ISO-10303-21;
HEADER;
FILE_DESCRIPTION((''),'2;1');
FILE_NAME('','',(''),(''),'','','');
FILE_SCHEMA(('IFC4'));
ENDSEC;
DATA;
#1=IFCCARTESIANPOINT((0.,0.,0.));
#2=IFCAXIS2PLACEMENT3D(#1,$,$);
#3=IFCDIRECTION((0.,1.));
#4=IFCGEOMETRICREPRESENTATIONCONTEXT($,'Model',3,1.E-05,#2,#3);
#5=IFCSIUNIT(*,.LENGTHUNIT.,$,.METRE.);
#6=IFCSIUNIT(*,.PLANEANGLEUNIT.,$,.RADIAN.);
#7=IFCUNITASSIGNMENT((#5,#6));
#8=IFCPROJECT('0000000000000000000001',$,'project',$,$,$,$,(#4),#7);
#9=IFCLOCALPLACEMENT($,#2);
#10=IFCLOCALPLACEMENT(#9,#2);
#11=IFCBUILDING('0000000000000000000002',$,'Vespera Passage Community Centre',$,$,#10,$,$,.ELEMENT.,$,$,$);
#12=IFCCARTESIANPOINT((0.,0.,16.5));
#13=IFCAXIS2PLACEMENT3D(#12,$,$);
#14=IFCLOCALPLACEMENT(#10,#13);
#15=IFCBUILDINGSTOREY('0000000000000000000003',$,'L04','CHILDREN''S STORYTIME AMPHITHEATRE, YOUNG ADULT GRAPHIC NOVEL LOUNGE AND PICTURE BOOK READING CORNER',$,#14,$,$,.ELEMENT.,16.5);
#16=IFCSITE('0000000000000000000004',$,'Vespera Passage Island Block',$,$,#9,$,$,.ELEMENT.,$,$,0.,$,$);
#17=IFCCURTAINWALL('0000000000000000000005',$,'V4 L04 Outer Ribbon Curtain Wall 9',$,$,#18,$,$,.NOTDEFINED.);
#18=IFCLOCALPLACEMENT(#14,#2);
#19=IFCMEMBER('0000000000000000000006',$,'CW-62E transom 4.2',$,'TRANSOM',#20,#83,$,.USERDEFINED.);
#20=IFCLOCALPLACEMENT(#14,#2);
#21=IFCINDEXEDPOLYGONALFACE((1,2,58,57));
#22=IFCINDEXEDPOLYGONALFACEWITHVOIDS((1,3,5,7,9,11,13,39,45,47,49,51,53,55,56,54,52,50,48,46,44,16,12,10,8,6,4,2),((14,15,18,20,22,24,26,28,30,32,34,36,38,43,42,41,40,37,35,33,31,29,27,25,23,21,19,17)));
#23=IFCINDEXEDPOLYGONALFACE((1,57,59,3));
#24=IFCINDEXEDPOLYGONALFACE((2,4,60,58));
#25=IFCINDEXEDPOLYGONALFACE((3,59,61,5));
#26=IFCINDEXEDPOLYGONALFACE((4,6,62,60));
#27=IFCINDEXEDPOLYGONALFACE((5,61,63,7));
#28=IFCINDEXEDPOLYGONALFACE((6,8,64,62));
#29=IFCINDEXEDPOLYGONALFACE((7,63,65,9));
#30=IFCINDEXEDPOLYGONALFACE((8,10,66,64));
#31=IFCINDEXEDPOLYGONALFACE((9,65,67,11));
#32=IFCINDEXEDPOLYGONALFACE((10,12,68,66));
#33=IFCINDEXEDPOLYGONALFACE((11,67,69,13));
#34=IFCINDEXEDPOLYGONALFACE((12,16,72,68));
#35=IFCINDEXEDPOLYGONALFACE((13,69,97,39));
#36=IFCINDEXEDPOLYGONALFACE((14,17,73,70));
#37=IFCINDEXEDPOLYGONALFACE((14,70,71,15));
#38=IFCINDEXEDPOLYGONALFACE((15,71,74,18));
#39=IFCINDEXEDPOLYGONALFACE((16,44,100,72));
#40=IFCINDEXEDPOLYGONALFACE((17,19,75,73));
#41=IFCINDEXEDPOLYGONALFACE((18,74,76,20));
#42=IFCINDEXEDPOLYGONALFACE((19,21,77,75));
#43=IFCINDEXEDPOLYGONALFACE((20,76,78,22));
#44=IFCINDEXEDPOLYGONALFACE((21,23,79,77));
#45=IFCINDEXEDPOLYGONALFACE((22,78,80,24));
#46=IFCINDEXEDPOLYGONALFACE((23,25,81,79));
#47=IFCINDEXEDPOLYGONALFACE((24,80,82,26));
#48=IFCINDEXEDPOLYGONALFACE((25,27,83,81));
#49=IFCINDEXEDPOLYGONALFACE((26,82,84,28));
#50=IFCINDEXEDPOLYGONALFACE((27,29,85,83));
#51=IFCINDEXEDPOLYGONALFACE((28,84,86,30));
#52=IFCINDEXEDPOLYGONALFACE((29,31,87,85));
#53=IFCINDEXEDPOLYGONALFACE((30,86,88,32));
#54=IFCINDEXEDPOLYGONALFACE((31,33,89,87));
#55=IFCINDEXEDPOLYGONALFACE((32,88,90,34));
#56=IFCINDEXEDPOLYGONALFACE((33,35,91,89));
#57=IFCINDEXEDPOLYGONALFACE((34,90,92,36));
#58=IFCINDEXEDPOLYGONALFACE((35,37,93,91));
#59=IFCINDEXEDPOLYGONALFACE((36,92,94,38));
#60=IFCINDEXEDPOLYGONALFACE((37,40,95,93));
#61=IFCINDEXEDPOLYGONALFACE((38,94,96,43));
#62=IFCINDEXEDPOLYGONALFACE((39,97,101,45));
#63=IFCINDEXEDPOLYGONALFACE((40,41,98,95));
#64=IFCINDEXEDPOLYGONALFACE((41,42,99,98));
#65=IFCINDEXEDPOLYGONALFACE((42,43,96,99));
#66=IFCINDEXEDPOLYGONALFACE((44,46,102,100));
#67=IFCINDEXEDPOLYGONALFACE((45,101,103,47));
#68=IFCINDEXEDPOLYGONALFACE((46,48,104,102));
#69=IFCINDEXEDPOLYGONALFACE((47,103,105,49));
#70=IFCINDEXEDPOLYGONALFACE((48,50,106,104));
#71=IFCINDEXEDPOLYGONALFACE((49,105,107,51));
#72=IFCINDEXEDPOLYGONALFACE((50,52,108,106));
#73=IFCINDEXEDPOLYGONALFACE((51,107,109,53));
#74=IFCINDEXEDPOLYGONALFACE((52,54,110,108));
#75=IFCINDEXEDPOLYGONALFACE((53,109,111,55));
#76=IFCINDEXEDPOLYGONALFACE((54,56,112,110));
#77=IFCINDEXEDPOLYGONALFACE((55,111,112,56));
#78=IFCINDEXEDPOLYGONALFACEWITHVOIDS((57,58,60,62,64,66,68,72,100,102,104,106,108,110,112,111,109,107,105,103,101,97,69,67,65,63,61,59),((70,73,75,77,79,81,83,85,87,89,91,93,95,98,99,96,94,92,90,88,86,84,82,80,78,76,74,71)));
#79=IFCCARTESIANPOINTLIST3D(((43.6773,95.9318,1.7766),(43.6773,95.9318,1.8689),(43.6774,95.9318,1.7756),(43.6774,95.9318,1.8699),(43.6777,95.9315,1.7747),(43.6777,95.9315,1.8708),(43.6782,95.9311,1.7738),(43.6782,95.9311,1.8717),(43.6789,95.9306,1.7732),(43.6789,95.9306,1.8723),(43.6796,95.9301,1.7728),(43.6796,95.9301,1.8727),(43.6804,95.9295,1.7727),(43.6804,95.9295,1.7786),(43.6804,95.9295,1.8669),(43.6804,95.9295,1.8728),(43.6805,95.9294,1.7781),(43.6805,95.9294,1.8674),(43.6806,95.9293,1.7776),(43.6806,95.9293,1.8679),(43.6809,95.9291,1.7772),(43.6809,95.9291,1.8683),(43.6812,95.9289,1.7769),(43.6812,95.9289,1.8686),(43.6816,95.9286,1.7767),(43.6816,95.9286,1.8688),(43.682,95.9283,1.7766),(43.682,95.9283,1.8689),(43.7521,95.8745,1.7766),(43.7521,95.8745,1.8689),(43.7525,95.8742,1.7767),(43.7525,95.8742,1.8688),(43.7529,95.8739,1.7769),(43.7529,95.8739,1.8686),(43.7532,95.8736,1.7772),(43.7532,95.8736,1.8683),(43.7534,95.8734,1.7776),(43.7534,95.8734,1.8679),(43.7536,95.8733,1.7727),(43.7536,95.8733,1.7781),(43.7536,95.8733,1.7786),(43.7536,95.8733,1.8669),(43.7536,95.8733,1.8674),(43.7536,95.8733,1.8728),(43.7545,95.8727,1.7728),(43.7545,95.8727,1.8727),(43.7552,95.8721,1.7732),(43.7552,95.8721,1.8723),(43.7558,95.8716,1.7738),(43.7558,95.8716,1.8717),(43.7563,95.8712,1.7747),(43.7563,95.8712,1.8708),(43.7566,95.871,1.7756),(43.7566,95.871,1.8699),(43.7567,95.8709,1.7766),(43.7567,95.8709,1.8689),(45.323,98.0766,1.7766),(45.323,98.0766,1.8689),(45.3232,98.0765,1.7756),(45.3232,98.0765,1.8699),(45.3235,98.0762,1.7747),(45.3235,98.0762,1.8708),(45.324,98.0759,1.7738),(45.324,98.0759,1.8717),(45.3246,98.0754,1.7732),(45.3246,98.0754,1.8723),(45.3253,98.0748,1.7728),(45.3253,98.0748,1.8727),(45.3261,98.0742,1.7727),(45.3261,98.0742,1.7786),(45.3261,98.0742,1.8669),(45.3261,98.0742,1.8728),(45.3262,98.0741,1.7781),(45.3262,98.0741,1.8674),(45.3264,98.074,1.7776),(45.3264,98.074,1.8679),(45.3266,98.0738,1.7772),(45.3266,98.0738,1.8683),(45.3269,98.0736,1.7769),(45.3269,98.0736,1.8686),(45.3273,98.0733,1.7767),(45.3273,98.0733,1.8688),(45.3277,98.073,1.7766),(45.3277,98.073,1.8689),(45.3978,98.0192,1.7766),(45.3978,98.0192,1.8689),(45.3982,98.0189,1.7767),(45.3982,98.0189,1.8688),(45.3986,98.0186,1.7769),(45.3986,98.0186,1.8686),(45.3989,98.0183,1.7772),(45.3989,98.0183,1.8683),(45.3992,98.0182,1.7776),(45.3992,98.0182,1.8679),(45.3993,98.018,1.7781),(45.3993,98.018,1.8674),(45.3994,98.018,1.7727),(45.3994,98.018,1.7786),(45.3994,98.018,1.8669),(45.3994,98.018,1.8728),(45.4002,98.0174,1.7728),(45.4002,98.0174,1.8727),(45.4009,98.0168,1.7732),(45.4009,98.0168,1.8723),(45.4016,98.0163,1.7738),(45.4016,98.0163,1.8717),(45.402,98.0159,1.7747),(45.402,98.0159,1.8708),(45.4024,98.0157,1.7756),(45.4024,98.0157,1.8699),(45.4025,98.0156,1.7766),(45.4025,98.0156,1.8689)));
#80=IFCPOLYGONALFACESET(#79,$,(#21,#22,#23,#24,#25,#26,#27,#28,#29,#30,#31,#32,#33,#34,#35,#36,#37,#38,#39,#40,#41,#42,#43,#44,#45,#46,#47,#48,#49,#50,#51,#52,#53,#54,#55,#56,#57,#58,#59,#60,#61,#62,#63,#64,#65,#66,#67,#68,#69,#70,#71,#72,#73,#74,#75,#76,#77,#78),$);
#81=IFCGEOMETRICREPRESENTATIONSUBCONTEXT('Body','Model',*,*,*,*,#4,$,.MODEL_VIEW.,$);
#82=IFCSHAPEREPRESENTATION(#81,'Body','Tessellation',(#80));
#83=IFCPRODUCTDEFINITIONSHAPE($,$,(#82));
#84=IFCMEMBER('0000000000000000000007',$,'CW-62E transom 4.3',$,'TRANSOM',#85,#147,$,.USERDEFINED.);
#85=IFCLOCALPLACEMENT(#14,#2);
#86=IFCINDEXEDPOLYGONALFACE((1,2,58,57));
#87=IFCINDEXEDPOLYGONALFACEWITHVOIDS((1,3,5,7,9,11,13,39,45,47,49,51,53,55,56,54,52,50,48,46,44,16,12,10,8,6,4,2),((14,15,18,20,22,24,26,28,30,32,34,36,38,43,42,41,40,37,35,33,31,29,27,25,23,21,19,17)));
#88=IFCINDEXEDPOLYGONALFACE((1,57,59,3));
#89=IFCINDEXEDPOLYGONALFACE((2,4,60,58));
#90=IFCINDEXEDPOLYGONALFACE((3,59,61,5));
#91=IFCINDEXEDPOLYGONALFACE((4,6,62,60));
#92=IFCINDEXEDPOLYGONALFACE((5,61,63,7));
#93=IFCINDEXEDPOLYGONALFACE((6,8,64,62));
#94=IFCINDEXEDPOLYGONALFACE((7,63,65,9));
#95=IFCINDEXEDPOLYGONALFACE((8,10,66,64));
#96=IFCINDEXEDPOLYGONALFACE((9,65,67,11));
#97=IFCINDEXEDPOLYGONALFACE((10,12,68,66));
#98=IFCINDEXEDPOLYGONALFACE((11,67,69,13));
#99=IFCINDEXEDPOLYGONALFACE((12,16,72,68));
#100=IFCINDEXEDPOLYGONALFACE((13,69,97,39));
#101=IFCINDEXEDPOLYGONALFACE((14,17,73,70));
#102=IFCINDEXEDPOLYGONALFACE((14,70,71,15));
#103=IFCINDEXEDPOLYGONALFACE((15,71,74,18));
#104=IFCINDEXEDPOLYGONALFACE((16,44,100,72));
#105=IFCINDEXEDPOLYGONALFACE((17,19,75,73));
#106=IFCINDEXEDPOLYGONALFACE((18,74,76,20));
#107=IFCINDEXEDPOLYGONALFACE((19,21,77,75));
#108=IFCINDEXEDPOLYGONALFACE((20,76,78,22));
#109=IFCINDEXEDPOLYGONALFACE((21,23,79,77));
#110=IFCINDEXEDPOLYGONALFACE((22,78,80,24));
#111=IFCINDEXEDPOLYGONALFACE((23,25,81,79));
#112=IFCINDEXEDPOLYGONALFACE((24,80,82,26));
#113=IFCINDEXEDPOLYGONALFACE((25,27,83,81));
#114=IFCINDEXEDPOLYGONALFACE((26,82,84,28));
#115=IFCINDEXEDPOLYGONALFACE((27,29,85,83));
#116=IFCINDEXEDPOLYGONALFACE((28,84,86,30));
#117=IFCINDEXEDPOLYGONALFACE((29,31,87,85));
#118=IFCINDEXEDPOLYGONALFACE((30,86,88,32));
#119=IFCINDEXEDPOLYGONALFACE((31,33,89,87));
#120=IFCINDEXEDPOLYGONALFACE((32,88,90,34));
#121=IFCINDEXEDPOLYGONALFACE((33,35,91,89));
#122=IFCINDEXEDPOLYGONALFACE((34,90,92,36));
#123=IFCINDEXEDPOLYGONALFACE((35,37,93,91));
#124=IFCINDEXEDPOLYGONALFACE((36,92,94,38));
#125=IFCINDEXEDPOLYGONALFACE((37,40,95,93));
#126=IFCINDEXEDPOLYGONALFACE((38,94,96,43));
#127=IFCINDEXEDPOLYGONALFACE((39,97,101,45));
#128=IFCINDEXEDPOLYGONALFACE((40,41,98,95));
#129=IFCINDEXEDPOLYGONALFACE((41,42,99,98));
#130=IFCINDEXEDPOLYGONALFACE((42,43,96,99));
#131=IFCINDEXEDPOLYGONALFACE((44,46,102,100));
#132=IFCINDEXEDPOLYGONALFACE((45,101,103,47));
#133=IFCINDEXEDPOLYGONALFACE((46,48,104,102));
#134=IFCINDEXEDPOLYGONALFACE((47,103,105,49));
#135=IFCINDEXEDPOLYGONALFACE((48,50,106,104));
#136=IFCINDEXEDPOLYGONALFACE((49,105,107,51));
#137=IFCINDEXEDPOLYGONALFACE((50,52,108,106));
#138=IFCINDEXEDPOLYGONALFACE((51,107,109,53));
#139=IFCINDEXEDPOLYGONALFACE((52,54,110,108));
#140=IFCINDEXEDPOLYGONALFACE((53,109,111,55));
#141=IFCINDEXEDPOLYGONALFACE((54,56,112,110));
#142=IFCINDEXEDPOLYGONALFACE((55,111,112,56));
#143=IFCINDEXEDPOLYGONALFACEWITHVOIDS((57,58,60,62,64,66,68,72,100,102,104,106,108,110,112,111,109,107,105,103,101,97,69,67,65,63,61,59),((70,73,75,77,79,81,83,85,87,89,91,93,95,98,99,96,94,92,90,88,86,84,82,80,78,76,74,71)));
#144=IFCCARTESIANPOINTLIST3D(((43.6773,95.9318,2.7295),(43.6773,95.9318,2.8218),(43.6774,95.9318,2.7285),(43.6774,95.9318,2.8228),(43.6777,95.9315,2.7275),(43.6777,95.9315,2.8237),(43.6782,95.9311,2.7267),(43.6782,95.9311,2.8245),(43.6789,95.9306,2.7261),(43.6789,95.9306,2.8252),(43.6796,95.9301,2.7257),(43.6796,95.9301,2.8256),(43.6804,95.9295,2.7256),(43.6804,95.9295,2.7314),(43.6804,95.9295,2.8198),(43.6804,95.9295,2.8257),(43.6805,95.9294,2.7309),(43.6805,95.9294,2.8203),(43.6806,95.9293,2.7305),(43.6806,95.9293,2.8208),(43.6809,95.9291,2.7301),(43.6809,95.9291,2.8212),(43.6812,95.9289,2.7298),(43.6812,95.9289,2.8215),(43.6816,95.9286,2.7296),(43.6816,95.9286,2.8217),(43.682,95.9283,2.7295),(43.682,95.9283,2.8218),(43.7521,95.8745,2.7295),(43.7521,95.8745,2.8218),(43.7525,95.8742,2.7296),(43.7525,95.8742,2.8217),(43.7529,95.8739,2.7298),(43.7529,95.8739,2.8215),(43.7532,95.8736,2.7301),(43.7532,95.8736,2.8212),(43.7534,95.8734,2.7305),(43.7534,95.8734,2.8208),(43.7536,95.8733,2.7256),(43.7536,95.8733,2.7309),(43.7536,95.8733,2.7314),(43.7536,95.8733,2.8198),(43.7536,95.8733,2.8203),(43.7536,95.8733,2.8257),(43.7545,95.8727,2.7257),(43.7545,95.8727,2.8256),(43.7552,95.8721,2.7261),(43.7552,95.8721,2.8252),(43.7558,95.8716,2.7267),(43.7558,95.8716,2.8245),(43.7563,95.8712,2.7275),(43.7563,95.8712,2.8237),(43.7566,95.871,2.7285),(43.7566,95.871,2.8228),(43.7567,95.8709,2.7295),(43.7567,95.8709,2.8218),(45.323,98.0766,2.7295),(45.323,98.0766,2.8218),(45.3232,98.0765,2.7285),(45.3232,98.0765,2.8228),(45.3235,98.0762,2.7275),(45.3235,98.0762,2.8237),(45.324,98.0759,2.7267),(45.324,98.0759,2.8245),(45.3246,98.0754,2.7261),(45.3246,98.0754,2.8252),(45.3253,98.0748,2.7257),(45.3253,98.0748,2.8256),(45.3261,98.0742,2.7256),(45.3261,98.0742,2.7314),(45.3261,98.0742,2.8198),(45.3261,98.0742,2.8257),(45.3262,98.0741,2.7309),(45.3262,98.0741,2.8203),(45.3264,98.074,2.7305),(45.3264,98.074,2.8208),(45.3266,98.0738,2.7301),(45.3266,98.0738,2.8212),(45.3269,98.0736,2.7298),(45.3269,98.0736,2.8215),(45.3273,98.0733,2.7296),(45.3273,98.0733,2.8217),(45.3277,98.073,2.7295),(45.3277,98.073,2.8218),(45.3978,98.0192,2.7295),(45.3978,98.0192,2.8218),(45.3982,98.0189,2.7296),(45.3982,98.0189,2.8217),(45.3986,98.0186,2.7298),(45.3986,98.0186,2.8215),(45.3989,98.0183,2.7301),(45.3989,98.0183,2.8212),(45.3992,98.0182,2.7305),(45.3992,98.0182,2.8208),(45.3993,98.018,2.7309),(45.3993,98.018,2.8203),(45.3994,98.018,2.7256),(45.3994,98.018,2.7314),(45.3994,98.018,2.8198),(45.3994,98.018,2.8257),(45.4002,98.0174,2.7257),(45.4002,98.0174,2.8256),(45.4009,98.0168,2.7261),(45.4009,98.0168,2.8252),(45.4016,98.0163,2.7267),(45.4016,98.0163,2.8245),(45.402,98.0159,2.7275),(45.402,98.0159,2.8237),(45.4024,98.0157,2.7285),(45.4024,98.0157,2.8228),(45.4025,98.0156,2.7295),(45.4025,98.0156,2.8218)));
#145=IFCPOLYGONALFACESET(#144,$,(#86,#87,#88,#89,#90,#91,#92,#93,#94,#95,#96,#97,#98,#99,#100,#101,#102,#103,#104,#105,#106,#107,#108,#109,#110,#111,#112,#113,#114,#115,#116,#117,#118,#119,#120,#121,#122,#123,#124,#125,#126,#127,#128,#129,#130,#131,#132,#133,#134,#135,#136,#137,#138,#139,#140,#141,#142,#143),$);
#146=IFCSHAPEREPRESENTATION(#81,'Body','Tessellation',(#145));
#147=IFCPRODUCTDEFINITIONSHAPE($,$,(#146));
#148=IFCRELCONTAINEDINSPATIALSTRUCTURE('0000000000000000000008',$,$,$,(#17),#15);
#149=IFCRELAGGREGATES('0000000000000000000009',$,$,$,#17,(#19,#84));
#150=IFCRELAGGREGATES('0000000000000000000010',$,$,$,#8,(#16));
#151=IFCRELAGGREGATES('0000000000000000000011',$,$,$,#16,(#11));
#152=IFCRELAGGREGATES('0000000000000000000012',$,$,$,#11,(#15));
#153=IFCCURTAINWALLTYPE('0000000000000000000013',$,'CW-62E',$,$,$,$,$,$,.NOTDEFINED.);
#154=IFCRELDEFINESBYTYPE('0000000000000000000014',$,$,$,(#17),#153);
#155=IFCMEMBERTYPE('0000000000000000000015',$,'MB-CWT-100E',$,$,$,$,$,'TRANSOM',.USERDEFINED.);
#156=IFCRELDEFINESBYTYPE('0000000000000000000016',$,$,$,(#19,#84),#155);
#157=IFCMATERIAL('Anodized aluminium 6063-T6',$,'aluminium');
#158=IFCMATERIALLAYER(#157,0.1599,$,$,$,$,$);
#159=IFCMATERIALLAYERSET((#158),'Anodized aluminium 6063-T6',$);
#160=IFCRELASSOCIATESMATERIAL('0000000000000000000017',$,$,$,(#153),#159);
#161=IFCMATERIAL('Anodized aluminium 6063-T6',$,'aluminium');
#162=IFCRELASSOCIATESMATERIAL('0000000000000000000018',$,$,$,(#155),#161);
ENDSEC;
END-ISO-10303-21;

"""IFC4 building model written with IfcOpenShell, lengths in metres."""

from ifc_helpers import new_model, si_unit, direction, frame, origin, origin_2d, place, context, subcontext, project, spatial, hollow_rectangle, extrude, material, layer, layer_set, material_profile, profile_set, type_object, element, aggregate, save


model = new_model("IFC4")

# Units and contexts
model_context = context("Model", 3, precision=1e-05, world=origin(), true_north=direction((0.0, 1.0)))
body_context = subcontext(model_context, "Body", "Model", "MODEL_VIEW")
ifc_project = project(units=[si_unit("LENGTHUNIT", "METRE"), si_unit("PLANEANGLEUNIT", "RADIAN")], contexts=[model_context])

# Site, building, storey
site_placement = place(None, origin())
site = spatial("IfcSite", under=ifc_project, at=site_placement, Name="Vespera Passage Island Block", CompositionType="ELEMENT", RefElevation=0.0)
building_placement = place(site_placement, origin())
building = spatial("IfcBuilding", under=site, at=building_placement, Name="Vespera Passage Community Centre", CompositionType="ELEMENT")
storey_placement = place(building_placement, frame((0.0, 0.0, 16.5)))
storey = spatial("IfcBuildingStorey", under=building, at=storey_placement, Name="L04", Description="CHILDREN'S STORYTIME AMPHITHEATRE, YOUNG ADULT GRAPHIC NOVEL LOUNGE AND PICTURE BOOK READING CORNER", CompositionType="ELEMENT", Elevation=16.5)

# Curtain wall
ifc_material_1 = material(Name="Anodized aluminium 6063-T6", Category="aluminium")
ifc_layer_1 = layer(ifc_material_1, 0.1599)
ifc_layer_set_1 = layer_set([ifc_layer_1], Name="Anodized aluminium 6063-T6")
curtain_wall_type_1 = type_object("IfcCurtainWallType", Name="CW-62E", PredefinedType="NOTDEFINED", material=ifc_layer_set_1)
curtain_wall_1_placement = place(storey_placement, origin())
curtain_wall_1 = element("IfcCurtainWall", 1, at=curtain_wall_1_placement, inside=storey, type_object=curtain_wall_type_1, Name="V4 L04 Outer Ribbon Curtain Wall 9", PredefinedType="NOTDEFINED")

# Members
ifc_material_2 = material(Name="Anodized aluminium 6063-T6", Category="aluminium")
ifc_material_profile_1 = material_profile(ifc_material_2, hollow_rectangle(XDim=0.1001, YDim=0.1001, WallThickness=0.0039, InnerFilletRadius=0.002, OuterFilletRadius=0.0039, at=origin_2d()), Name="ALU100X100X4")
ifc_profile_set_1 = profile_set([ifc_material_profile_1], Name="Anodized aluminium 6063-T6")
member_type_1 = type_object("IfcMemberType", Name="MB-CWT-100E", ElementType="TRANSOM", PredefinedType="USERDEFINED", material=ifc_profile_set_1)
member_1_placement = place(storey_placement, frame((43.717, 95.9014, 1.8228), z_axis=(0.608763, 0.793352, 0.0), x_axis=(-0.793352, 0.608763, 0.0)))
member_1 = element("IfcMember", 2, at=member_1_placement, type_object=member_type_1, Name="CW-62E transom 4.2", ObjectType="TRANSOM", PredefinedType="USERDEFINED", context=body_context, shape_type="SweptSolid", body=[
    extrude(hollow_rectangle(XDim=0.1001, YDim=0.1001, WallThickness=0.0039, InnerFilletRadius=0.002, OuterFilletRadius=0.0039, at=origin_2d()), origin(), (0.0, 0.0, 1.0), 2.7034),
])
member_2_placement = place(storey_placement, frame((43.717, 95.9014, 2.7756), z_axis=(0.608763, 0.793352, 0.0), x_axis=(-0.793352, 0.608763, 0.0)))
member_2 = element("IfcMember", 3, at=member_2_placement, type_object=member_type_1, Name="CW-62E transom 4.3", ObjectType="TRANSOM", PredefinedType="USERDEFINED", context=body_context, shape_type="SweptSolid", body=[
    extrude(hollow_rectangle(XDim=0.1001, YDim=0.1001, WallThickness=0.0039, InnerFilletRadius=0.002, OuterFilletRadius=0.0039, at=origin_2d()), origin(), (0.0, 0.0, 1.0), 2.7034),
])

aggregate(curtain_wall_1, [member_1, member_2])

save(model, "model.ifc")
